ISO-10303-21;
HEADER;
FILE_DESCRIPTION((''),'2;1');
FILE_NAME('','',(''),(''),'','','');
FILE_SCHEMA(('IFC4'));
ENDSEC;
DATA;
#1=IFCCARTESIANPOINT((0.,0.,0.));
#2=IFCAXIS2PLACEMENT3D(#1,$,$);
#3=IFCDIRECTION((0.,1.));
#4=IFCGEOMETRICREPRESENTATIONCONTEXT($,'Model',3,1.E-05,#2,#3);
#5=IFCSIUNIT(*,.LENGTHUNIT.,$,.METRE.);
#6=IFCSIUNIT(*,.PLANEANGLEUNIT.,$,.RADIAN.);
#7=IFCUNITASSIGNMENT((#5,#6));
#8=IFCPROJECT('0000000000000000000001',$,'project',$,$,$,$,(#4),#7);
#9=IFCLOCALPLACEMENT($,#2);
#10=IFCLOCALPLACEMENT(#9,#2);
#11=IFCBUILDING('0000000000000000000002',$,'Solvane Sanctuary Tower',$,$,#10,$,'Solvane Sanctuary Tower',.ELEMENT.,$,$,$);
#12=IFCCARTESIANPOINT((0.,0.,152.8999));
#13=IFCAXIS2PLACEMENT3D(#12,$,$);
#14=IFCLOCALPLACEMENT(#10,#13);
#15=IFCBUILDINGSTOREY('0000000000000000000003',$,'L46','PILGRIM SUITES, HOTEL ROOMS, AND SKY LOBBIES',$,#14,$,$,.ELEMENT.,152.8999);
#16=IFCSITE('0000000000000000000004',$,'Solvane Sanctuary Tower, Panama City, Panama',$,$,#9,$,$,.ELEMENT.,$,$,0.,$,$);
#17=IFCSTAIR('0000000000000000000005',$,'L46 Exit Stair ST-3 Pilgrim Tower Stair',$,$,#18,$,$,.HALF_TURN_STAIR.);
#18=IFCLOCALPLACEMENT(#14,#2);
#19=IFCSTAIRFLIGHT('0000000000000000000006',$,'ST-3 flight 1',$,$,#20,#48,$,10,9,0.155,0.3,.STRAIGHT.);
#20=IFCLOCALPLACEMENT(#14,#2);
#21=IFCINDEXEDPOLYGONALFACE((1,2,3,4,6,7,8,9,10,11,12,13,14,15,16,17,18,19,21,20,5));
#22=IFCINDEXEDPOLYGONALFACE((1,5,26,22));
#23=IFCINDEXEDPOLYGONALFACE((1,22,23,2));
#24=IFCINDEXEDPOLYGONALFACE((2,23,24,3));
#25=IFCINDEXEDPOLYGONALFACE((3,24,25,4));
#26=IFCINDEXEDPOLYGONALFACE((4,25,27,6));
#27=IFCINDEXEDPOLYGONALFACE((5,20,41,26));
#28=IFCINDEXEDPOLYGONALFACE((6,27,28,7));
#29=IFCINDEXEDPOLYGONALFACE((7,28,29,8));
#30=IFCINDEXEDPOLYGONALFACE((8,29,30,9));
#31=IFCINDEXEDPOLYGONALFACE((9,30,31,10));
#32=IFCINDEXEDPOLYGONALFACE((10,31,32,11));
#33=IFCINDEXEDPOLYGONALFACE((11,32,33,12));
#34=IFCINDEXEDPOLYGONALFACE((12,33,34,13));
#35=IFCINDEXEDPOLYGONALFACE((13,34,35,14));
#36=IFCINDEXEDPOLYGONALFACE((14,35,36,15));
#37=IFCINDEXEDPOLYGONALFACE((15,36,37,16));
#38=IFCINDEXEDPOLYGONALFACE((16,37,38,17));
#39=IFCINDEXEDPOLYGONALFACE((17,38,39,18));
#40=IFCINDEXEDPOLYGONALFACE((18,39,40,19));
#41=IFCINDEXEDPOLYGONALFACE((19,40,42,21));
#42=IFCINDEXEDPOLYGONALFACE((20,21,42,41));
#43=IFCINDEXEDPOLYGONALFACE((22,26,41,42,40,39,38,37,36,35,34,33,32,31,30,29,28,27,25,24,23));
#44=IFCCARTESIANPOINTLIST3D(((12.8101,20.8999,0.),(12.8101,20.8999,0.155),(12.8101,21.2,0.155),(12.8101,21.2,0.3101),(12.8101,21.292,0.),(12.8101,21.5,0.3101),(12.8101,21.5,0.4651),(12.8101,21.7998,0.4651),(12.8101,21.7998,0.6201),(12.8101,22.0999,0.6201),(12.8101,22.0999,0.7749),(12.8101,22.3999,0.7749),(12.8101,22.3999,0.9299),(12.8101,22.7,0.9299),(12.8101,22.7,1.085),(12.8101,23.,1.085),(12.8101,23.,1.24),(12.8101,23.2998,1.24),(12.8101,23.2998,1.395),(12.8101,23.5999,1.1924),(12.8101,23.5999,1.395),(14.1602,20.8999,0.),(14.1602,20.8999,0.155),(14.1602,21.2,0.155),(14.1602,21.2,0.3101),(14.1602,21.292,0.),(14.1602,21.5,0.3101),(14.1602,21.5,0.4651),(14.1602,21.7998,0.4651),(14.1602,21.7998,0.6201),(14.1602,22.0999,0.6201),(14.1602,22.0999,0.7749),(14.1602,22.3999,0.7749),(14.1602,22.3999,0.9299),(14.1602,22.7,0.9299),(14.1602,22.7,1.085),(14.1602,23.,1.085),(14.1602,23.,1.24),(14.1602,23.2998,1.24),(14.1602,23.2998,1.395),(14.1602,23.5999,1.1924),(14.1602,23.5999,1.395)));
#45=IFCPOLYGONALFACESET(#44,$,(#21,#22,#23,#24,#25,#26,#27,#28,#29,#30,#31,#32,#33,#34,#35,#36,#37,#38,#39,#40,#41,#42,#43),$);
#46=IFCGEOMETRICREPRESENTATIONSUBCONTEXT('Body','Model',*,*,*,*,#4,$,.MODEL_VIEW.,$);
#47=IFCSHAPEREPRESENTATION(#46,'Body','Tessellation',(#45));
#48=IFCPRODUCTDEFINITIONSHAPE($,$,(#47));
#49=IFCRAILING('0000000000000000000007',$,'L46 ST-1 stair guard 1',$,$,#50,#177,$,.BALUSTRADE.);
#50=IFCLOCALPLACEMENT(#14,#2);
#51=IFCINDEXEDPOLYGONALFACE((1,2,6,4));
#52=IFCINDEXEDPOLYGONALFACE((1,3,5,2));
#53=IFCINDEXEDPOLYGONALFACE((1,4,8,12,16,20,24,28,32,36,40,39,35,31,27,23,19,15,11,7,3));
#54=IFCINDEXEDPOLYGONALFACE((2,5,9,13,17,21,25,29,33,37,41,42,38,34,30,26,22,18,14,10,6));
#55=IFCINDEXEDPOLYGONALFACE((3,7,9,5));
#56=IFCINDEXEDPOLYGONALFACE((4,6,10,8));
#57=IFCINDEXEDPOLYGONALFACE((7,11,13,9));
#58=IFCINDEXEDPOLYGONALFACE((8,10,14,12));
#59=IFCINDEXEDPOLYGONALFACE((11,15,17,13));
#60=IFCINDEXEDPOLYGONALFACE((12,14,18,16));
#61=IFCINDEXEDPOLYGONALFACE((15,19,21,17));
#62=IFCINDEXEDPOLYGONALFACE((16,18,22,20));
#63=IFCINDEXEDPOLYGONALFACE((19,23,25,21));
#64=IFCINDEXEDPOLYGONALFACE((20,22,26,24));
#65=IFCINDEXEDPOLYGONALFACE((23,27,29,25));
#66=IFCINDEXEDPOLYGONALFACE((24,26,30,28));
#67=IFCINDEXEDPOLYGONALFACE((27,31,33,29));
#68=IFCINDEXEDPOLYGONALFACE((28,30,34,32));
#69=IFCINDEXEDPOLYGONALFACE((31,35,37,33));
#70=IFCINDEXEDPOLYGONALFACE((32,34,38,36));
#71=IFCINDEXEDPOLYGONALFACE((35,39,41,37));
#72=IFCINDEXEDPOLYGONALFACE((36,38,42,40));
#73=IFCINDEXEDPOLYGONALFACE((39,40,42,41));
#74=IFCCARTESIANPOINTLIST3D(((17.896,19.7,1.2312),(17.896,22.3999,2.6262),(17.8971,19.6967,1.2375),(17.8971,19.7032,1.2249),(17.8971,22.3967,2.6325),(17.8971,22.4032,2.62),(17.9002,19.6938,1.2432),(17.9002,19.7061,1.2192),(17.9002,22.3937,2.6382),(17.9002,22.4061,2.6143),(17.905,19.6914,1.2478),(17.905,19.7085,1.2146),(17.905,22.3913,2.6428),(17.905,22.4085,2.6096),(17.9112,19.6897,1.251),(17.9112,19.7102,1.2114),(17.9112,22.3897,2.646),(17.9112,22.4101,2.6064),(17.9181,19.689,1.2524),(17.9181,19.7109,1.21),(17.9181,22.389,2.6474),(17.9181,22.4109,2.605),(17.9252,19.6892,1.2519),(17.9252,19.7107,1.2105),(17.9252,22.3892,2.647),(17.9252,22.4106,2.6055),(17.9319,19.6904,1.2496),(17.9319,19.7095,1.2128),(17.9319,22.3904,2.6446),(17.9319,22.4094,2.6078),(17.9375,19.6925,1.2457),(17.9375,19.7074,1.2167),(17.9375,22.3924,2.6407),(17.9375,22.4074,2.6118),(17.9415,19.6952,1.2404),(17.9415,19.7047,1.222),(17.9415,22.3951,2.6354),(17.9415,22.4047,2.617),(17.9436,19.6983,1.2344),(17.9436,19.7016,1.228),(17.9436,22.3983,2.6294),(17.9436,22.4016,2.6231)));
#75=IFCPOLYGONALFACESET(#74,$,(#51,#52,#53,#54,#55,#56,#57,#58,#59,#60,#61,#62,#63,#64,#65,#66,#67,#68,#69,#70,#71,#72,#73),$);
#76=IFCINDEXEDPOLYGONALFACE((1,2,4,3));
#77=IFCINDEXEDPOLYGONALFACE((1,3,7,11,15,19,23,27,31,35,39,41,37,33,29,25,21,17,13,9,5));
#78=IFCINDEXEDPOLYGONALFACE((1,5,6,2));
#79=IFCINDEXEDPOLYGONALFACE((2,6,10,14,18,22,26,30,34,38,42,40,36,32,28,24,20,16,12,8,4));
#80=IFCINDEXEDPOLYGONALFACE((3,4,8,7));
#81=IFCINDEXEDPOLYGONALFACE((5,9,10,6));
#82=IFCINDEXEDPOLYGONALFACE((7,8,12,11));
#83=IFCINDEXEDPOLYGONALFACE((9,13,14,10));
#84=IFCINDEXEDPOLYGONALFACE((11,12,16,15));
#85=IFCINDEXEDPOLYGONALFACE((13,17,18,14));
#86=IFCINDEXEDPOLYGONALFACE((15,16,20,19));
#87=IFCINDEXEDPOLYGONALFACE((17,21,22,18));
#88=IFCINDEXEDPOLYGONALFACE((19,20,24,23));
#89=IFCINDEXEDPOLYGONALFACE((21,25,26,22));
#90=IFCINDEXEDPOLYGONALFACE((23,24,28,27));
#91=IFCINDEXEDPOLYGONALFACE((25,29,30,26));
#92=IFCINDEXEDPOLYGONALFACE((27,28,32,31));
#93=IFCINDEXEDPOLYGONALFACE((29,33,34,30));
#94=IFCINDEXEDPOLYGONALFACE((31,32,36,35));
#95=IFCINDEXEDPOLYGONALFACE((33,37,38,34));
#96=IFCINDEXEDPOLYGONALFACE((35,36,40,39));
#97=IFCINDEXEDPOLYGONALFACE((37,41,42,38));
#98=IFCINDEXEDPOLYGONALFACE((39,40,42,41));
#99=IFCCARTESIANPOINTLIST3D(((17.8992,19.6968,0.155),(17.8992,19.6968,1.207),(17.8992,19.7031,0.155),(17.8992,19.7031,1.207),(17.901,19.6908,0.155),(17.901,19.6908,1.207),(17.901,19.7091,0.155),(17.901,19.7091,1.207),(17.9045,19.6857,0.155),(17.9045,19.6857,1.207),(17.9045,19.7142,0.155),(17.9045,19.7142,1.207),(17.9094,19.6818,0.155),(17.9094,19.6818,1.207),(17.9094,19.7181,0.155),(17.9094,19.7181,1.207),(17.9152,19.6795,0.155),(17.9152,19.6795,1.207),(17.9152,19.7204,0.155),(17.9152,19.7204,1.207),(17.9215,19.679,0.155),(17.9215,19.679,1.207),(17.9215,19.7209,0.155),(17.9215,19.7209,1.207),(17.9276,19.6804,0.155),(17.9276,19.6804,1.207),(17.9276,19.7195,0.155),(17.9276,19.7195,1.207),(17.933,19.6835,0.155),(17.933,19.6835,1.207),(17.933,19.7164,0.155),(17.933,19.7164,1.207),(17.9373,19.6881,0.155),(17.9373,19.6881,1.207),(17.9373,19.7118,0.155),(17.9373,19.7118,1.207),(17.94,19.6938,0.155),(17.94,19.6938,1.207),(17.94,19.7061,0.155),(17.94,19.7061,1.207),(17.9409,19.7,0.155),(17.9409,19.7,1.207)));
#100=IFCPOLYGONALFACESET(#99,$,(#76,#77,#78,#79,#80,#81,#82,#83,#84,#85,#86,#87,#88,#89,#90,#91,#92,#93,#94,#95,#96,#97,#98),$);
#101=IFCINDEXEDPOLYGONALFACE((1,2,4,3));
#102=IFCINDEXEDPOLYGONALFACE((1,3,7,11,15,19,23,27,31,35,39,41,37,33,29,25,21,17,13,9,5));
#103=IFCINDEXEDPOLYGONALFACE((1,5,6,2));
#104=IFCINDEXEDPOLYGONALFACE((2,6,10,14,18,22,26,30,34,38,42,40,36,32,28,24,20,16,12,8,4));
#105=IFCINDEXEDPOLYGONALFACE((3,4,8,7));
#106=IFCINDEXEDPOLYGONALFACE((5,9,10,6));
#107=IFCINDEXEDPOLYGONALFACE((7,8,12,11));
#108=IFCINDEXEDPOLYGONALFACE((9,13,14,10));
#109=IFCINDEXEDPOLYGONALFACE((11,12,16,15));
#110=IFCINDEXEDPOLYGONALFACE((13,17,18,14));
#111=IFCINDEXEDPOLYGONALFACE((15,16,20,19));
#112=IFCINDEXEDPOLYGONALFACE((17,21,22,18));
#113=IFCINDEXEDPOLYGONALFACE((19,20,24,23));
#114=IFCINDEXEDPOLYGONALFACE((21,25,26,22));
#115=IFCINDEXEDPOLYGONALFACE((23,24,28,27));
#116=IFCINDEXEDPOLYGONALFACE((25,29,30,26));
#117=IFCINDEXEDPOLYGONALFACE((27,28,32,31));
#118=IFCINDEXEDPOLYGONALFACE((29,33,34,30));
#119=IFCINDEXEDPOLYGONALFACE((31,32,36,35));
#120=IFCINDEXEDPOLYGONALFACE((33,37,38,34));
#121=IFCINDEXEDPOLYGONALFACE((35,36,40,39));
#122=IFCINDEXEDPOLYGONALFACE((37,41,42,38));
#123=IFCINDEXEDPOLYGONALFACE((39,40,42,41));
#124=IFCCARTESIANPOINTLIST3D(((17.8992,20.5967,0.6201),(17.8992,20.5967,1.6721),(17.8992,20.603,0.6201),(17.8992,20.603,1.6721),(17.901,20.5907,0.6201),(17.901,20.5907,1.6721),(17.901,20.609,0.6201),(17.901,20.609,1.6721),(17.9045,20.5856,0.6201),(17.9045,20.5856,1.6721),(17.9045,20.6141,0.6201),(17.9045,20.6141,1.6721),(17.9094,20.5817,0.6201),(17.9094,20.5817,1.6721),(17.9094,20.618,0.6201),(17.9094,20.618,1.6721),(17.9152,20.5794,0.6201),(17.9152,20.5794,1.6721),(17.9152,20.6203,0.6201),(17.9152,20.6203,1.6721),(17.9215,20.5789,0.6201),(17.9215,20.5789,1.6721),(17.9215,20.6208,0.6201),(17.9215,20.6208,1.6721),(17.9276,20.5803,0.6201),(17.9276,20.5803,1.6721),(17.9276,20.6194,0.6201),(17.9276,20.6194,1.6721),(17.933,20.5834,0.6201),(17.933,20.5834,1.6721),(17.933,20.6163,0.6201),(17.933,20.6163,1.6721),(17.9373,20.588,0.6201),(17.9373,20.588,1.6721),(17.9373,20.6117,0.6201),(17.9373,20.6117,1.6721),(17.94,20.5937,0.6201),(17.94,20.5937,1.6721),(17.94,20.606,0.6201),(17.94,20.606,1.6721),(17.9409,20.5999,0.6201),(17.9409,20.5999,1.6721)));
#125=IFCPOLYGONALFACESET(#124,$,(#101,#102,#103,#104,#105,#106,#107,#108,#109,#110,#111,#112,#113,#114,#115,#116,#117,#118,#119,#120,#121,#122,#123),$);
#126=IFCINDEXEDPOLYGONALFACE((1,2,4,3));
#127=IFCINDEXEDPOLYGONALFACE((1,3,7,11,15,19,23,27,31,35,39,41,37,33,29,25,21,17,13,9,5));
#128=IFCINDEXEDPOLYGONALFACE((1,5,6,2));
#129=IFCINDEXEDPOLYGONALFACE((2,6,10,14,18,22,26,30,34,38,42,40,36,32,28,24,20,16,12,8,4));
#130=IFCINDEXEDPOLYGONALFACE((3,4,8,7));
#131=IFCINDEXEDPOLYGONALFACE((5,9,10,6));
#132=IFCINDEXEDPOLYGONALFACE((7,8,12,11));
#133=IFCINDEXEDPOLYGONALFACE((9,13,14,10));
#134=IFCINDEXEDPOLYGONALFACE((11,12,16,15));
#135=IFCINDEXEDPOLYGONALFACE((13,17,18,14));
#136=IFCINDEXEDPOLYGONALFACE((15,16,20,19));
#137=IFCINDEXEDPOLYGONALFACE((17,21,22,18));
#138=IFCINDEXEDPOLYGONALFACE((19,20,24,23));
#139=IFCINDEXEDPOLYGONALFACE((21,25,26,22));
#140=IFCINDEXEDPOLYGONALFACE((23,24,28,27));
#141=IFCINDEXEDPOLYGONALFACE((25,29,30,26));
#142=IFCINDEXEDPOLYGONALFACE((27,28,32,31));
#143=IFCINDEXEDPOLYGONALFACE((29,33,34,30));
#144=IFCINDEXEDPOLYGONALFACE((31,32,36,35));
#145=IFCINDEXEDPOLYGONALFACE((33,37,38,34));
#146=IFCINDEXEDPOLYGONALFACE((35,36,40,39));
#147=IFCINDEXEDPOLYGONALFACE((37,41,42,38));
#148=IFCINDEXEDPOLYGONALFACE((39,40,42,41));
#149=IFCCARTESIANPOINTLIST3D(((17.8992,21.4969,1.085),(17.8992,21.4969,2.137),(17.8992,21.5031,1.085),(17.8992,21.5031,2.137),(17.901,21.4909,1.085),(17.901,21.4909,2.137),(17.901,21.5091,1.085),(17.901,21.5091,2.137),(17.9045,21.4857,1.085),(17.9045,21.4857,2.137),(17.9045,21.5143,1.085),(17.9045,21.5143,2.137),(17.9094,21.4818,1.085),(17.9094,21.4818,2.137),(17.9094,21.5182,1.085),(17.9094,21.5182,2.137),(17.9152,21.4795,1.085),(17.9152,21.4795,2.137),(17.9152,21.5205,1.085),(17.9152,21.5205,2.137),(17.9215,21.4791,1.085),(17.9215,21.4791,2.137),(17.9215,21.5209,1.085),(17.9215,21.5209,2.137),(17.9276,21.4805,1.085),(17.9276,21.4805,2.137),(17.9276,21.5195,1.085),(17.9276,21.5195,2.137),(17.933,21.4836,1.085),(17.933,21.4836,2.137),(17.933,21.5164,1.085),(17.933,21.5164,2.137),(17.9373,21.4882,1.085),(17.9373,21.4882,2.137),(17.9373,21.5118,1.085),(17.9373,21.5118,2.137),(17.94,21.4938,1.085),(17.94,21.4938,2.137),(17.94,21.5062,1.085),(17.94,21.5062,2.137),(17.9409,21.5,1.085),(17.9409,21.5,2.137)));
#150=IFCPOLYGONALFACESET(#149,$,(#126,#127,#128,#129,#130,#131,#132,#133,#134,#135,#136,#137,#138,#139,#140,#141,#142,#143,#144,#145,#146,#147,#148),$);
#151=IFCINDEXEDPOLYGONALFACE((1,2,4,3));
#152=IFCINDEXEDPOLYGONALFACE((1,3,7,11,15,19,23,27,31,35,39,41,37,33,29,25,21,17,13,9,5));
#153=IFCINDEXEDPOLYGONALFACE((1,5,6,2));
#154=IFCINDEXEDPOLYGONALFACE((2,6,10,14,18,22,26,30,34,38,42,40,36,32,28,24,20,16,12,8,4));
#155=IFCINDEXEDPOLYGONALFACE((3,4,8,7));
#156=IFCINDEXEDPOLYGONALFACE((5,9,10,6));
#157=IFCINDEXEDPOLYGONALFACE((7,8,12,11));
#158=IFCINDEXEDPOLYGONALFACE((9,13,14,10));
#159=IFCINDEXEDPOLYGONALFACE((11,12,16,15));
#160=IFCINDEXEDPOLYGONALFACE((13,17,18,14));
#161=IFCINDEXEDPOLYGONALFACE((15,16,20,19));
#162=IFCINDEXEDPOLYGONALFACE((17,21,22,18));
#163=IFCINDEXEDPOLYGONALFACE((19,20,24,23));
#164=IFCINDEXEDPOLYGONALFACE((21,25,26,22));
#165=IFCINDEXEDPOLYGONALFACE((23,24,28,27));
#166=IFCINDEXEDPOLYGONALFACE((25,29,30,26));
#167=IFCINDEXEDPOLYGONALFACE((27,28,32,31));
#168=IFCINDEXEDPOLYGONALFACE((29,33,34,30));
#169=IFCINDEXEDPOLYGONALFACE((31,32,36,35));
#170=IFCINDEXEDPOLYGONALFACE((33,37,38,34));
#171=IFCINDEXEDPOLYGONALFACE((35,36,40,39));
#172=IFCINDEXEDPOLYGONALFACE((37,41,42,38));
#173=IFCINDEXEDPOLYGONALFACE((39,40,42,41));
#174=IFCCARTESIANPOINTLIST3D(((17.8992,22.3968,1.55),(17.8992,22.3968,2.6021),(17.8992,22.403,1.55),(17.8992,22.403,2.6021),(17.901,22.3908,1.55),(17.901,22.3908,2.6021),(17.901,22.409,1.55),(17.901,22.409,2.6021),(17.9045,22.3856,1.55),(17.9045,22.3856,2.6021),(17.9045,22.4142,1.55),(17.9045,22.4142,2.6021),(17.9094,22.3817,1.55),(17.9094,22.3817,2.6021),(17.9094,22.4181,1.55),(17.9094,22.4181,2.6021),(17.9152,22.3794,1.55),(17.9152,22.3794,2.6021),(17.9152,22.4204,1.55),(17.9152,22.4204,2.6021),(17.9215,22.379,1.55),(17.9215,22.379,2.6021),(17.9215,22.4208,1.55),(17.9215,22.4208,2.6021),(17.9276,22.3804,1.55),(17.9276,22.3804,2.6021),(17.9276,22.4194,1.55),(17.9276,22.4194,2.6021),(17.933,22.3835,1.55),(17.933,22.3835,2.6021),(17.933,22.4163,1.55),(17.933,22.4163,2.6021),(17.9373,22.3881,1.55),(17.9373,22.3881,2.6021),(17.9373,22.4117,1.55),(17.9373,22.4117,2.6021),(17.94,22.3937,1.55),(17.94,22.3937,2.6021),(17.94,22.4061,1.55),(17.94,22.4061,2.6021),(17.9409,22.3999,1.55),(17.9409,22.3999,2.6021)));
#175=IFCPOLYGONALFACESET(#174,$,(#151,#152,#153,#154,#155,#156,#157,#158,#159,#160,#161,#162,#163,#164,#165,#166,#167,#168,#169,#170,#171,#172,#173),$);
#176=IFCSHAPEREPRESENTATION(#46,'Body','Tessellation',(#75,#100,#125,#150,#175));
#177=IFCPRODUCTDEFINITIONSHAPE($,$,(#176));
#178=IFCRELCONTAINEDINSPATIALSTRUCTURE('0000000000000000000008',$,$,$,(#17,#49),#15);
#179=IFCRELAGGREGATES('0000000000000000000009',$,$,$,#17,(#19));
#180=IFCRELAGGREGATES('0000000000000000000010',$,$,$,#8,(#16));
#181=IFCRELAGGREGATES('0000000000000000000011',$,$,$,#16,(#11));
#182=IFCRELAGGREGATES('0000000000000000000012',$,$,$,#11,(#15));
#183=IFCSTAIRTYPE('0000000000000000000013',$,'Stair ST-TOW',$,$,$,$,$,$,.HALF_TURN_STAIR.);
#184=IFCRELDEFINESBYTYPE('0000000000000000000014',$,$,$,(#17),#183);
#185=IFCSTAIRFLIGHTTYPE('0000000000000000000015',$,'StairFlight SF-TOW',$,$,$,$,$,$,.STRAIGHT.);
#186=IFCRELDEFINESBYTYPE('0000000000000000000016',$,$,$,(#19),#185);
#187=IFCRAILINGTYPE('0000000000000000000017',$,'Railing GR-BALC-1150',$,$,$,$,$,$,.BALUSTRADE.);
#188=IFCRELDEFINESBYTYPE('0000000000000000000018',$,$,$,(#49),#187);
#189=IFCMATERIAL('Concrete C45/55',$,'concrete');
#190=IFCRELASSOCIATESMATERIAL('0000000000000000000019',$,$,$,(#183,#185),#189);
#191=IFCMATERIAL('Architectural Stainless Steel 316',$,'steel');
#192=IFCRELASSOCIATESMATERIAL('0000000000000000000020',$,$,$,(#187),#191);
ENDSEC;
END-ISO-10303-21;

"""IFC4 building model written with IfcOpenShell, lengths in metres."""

from ifc_helpers import new_model, si_unit, direction, frame, origin, origin_2d, place, context, subcontext, project, spatial, polyline, circle, outline, extrude, material, type_object, element, aggregate, save


model = new_model("IFC4")

# Units and contexts
model_context = context("Model", 3, precision=1e-05, world=origin(), true_north=direction((0.0, 1.0)))
body_context = subcontext(model_context, "Body", "Model", "MODEL_VIEW")
ifc_project = project(units=[si_unit("LENGTHUNIT", "METRE"), si_unit("PLANEANGLEUNIT", "RADIAN")], contexts=[model_context])

# Site, building, storey
site_placement = place(None, origin())
site = spatial("IfcSite", under=ifc_project, at=site_placement, Name="Solvane Sanctuary Tower, Panama City, Panama", CompositionType="ELEMENT", RefElevation=0.0)
building_placement = place(site_placement, origin())
building = spatial("IfcBuilding", under=site, at=building_placement, Name="Solvane Sanctuary Tower", LongName="Solvane Sanctuary Tower", CompositionType="ELEMENT")
storey_placement = place(building_placement, frame((0.0, 0.0, 152.8999)))
storey = spatial("IfcBuildingStorey", under=building, at=storey_placement, Name="L46", Description="PILGRIM SUITES, HOTEL ROOMS, AND SKY LOBBIES", CompositionType="ELEMENT", Elevation=152.8999)

# Shared definitions
ifc_material_1 = material(Name="Architectural Stainless Steel 316", Category="steel")

# Stair, stair flight
ifc_material_2 = material(Name="Concrete C45/55", Category="concrete")
stair_type = type_object("IfcStairType", Name="Stair ST-TOW", PredefinedType="HALF_TURN_STAIR", material=ifc_material_2)
stair_flight_type = type_object("IfcStairFlightType", Name="StairFlight SF-TOW", PredefinedType="STRAIGHT", material=ifc_material_2)
stair_1_placement = place(storey_placement, origin())
stair_1 = element("IfcStair", 1, at=stair_1_placement, inside=storey, type_object=stair_type, Name="L46 Exit Stair ST-3 Pilgrim Tower Stair", PredefinedType="HALF_TURN_STAIR")
stair_flight_1_placement = place(storey_placement, frame((13.4851, 20.8999, 0.0), z_axis=(0.0, 0.0, 1.0), x_axis=(0.0, 1.0, 0.0)))
stair_flight_1 = element("IfcStairFlight", 2, at=stair_flight_1_placement, type_object=stair_flight_type, Name="ST-3 flight 1", NumberOfRisers=10, NumberOfTreads=9, PredefinedType="STRAIGHT", RiserHeight=0.155, TreadLength=0.3, context=body_context, shape_type="SweptSolid", body=[
    extrude(outline(polyline([(0.0, 0.0), (0.0, 0.155), (0.3, 0.155), (0.3, 0.3101), (0.6001, 0.3101), (0.6001, 0.4651), (0.8999, 0.4651), (0.8999, 0.6201), (1.2, 0.6201), (1.2, 0.7749), (1.5, 0.7749), (1.5, 0.9299), (1.8, 0.9299), (1.8, 1.085), (2.1001, 1.085), (2.1001, 1.24), (2.3999, 1.24), (2.3999, 1.395), (2.7, 1.395), (2.7, 1.55), (2.7, 1.1924), (0.3921, 0.0), (0.0, 0.0)])), frame((0.0, 0.675, 0.0), z_axis=(0.0, -1.0, 0.0), x_axis=(1.0, 0.0, 0.0)), (0.0, 0.0, 1.0), 1.3501),
])
aggregate(stair_1, [stair_flight_1])

# Railing
railing_type_1 = type_object("IfcRailingType", Name="Railing GR-BALC-1150", PredefinedType="BALUSTRADE", material=ifc_material_1)
railing_1_placement = place(storey_placement, frame((17.9199, 19.7, 0.155)))
element("IfcRailing", 3, at=railing_1_placement, inside=storey, type_object=railing_type_1, Name="L46 ST-1 stair guard 1", PredefinedType="BALUSTRADE", context=body_context, shape_type="SweptSolid", body=[
    extrude(circle(Radius=0.0239, at=origin_2d()), frame((0.0, 0.0, 1.0762), z_axis=(0.0, 0.88842, 0.459032), x_axis=(-1.0, 0.0, 0.0)), (0.0, 0.0, 1.0), 3.0391),
    extrude(circle(Radius=0.021, at=origin_2d()), origin(), (0.0, 0.0, 1.0), 1.052),
    extrude(circle(Radius=0.021, at=origin_2d()), frame((0.0, 0.8999, 0.4651)), (0.0, 0.0, 1.0), 1.052),
    extrude(circle(Radius=0.021, at=origin_2d()), frame((0.0, 1.8, 0.9299)), (0.0, 0.0, 1.0), 1.052),
    extrude(circle(Radius=0.021, at=origin_2d()), frame((0.0, 2.7, 1.395)), (0.0, 0.0, 1.0), 1.052),
])

save(model, "model.ifc")
